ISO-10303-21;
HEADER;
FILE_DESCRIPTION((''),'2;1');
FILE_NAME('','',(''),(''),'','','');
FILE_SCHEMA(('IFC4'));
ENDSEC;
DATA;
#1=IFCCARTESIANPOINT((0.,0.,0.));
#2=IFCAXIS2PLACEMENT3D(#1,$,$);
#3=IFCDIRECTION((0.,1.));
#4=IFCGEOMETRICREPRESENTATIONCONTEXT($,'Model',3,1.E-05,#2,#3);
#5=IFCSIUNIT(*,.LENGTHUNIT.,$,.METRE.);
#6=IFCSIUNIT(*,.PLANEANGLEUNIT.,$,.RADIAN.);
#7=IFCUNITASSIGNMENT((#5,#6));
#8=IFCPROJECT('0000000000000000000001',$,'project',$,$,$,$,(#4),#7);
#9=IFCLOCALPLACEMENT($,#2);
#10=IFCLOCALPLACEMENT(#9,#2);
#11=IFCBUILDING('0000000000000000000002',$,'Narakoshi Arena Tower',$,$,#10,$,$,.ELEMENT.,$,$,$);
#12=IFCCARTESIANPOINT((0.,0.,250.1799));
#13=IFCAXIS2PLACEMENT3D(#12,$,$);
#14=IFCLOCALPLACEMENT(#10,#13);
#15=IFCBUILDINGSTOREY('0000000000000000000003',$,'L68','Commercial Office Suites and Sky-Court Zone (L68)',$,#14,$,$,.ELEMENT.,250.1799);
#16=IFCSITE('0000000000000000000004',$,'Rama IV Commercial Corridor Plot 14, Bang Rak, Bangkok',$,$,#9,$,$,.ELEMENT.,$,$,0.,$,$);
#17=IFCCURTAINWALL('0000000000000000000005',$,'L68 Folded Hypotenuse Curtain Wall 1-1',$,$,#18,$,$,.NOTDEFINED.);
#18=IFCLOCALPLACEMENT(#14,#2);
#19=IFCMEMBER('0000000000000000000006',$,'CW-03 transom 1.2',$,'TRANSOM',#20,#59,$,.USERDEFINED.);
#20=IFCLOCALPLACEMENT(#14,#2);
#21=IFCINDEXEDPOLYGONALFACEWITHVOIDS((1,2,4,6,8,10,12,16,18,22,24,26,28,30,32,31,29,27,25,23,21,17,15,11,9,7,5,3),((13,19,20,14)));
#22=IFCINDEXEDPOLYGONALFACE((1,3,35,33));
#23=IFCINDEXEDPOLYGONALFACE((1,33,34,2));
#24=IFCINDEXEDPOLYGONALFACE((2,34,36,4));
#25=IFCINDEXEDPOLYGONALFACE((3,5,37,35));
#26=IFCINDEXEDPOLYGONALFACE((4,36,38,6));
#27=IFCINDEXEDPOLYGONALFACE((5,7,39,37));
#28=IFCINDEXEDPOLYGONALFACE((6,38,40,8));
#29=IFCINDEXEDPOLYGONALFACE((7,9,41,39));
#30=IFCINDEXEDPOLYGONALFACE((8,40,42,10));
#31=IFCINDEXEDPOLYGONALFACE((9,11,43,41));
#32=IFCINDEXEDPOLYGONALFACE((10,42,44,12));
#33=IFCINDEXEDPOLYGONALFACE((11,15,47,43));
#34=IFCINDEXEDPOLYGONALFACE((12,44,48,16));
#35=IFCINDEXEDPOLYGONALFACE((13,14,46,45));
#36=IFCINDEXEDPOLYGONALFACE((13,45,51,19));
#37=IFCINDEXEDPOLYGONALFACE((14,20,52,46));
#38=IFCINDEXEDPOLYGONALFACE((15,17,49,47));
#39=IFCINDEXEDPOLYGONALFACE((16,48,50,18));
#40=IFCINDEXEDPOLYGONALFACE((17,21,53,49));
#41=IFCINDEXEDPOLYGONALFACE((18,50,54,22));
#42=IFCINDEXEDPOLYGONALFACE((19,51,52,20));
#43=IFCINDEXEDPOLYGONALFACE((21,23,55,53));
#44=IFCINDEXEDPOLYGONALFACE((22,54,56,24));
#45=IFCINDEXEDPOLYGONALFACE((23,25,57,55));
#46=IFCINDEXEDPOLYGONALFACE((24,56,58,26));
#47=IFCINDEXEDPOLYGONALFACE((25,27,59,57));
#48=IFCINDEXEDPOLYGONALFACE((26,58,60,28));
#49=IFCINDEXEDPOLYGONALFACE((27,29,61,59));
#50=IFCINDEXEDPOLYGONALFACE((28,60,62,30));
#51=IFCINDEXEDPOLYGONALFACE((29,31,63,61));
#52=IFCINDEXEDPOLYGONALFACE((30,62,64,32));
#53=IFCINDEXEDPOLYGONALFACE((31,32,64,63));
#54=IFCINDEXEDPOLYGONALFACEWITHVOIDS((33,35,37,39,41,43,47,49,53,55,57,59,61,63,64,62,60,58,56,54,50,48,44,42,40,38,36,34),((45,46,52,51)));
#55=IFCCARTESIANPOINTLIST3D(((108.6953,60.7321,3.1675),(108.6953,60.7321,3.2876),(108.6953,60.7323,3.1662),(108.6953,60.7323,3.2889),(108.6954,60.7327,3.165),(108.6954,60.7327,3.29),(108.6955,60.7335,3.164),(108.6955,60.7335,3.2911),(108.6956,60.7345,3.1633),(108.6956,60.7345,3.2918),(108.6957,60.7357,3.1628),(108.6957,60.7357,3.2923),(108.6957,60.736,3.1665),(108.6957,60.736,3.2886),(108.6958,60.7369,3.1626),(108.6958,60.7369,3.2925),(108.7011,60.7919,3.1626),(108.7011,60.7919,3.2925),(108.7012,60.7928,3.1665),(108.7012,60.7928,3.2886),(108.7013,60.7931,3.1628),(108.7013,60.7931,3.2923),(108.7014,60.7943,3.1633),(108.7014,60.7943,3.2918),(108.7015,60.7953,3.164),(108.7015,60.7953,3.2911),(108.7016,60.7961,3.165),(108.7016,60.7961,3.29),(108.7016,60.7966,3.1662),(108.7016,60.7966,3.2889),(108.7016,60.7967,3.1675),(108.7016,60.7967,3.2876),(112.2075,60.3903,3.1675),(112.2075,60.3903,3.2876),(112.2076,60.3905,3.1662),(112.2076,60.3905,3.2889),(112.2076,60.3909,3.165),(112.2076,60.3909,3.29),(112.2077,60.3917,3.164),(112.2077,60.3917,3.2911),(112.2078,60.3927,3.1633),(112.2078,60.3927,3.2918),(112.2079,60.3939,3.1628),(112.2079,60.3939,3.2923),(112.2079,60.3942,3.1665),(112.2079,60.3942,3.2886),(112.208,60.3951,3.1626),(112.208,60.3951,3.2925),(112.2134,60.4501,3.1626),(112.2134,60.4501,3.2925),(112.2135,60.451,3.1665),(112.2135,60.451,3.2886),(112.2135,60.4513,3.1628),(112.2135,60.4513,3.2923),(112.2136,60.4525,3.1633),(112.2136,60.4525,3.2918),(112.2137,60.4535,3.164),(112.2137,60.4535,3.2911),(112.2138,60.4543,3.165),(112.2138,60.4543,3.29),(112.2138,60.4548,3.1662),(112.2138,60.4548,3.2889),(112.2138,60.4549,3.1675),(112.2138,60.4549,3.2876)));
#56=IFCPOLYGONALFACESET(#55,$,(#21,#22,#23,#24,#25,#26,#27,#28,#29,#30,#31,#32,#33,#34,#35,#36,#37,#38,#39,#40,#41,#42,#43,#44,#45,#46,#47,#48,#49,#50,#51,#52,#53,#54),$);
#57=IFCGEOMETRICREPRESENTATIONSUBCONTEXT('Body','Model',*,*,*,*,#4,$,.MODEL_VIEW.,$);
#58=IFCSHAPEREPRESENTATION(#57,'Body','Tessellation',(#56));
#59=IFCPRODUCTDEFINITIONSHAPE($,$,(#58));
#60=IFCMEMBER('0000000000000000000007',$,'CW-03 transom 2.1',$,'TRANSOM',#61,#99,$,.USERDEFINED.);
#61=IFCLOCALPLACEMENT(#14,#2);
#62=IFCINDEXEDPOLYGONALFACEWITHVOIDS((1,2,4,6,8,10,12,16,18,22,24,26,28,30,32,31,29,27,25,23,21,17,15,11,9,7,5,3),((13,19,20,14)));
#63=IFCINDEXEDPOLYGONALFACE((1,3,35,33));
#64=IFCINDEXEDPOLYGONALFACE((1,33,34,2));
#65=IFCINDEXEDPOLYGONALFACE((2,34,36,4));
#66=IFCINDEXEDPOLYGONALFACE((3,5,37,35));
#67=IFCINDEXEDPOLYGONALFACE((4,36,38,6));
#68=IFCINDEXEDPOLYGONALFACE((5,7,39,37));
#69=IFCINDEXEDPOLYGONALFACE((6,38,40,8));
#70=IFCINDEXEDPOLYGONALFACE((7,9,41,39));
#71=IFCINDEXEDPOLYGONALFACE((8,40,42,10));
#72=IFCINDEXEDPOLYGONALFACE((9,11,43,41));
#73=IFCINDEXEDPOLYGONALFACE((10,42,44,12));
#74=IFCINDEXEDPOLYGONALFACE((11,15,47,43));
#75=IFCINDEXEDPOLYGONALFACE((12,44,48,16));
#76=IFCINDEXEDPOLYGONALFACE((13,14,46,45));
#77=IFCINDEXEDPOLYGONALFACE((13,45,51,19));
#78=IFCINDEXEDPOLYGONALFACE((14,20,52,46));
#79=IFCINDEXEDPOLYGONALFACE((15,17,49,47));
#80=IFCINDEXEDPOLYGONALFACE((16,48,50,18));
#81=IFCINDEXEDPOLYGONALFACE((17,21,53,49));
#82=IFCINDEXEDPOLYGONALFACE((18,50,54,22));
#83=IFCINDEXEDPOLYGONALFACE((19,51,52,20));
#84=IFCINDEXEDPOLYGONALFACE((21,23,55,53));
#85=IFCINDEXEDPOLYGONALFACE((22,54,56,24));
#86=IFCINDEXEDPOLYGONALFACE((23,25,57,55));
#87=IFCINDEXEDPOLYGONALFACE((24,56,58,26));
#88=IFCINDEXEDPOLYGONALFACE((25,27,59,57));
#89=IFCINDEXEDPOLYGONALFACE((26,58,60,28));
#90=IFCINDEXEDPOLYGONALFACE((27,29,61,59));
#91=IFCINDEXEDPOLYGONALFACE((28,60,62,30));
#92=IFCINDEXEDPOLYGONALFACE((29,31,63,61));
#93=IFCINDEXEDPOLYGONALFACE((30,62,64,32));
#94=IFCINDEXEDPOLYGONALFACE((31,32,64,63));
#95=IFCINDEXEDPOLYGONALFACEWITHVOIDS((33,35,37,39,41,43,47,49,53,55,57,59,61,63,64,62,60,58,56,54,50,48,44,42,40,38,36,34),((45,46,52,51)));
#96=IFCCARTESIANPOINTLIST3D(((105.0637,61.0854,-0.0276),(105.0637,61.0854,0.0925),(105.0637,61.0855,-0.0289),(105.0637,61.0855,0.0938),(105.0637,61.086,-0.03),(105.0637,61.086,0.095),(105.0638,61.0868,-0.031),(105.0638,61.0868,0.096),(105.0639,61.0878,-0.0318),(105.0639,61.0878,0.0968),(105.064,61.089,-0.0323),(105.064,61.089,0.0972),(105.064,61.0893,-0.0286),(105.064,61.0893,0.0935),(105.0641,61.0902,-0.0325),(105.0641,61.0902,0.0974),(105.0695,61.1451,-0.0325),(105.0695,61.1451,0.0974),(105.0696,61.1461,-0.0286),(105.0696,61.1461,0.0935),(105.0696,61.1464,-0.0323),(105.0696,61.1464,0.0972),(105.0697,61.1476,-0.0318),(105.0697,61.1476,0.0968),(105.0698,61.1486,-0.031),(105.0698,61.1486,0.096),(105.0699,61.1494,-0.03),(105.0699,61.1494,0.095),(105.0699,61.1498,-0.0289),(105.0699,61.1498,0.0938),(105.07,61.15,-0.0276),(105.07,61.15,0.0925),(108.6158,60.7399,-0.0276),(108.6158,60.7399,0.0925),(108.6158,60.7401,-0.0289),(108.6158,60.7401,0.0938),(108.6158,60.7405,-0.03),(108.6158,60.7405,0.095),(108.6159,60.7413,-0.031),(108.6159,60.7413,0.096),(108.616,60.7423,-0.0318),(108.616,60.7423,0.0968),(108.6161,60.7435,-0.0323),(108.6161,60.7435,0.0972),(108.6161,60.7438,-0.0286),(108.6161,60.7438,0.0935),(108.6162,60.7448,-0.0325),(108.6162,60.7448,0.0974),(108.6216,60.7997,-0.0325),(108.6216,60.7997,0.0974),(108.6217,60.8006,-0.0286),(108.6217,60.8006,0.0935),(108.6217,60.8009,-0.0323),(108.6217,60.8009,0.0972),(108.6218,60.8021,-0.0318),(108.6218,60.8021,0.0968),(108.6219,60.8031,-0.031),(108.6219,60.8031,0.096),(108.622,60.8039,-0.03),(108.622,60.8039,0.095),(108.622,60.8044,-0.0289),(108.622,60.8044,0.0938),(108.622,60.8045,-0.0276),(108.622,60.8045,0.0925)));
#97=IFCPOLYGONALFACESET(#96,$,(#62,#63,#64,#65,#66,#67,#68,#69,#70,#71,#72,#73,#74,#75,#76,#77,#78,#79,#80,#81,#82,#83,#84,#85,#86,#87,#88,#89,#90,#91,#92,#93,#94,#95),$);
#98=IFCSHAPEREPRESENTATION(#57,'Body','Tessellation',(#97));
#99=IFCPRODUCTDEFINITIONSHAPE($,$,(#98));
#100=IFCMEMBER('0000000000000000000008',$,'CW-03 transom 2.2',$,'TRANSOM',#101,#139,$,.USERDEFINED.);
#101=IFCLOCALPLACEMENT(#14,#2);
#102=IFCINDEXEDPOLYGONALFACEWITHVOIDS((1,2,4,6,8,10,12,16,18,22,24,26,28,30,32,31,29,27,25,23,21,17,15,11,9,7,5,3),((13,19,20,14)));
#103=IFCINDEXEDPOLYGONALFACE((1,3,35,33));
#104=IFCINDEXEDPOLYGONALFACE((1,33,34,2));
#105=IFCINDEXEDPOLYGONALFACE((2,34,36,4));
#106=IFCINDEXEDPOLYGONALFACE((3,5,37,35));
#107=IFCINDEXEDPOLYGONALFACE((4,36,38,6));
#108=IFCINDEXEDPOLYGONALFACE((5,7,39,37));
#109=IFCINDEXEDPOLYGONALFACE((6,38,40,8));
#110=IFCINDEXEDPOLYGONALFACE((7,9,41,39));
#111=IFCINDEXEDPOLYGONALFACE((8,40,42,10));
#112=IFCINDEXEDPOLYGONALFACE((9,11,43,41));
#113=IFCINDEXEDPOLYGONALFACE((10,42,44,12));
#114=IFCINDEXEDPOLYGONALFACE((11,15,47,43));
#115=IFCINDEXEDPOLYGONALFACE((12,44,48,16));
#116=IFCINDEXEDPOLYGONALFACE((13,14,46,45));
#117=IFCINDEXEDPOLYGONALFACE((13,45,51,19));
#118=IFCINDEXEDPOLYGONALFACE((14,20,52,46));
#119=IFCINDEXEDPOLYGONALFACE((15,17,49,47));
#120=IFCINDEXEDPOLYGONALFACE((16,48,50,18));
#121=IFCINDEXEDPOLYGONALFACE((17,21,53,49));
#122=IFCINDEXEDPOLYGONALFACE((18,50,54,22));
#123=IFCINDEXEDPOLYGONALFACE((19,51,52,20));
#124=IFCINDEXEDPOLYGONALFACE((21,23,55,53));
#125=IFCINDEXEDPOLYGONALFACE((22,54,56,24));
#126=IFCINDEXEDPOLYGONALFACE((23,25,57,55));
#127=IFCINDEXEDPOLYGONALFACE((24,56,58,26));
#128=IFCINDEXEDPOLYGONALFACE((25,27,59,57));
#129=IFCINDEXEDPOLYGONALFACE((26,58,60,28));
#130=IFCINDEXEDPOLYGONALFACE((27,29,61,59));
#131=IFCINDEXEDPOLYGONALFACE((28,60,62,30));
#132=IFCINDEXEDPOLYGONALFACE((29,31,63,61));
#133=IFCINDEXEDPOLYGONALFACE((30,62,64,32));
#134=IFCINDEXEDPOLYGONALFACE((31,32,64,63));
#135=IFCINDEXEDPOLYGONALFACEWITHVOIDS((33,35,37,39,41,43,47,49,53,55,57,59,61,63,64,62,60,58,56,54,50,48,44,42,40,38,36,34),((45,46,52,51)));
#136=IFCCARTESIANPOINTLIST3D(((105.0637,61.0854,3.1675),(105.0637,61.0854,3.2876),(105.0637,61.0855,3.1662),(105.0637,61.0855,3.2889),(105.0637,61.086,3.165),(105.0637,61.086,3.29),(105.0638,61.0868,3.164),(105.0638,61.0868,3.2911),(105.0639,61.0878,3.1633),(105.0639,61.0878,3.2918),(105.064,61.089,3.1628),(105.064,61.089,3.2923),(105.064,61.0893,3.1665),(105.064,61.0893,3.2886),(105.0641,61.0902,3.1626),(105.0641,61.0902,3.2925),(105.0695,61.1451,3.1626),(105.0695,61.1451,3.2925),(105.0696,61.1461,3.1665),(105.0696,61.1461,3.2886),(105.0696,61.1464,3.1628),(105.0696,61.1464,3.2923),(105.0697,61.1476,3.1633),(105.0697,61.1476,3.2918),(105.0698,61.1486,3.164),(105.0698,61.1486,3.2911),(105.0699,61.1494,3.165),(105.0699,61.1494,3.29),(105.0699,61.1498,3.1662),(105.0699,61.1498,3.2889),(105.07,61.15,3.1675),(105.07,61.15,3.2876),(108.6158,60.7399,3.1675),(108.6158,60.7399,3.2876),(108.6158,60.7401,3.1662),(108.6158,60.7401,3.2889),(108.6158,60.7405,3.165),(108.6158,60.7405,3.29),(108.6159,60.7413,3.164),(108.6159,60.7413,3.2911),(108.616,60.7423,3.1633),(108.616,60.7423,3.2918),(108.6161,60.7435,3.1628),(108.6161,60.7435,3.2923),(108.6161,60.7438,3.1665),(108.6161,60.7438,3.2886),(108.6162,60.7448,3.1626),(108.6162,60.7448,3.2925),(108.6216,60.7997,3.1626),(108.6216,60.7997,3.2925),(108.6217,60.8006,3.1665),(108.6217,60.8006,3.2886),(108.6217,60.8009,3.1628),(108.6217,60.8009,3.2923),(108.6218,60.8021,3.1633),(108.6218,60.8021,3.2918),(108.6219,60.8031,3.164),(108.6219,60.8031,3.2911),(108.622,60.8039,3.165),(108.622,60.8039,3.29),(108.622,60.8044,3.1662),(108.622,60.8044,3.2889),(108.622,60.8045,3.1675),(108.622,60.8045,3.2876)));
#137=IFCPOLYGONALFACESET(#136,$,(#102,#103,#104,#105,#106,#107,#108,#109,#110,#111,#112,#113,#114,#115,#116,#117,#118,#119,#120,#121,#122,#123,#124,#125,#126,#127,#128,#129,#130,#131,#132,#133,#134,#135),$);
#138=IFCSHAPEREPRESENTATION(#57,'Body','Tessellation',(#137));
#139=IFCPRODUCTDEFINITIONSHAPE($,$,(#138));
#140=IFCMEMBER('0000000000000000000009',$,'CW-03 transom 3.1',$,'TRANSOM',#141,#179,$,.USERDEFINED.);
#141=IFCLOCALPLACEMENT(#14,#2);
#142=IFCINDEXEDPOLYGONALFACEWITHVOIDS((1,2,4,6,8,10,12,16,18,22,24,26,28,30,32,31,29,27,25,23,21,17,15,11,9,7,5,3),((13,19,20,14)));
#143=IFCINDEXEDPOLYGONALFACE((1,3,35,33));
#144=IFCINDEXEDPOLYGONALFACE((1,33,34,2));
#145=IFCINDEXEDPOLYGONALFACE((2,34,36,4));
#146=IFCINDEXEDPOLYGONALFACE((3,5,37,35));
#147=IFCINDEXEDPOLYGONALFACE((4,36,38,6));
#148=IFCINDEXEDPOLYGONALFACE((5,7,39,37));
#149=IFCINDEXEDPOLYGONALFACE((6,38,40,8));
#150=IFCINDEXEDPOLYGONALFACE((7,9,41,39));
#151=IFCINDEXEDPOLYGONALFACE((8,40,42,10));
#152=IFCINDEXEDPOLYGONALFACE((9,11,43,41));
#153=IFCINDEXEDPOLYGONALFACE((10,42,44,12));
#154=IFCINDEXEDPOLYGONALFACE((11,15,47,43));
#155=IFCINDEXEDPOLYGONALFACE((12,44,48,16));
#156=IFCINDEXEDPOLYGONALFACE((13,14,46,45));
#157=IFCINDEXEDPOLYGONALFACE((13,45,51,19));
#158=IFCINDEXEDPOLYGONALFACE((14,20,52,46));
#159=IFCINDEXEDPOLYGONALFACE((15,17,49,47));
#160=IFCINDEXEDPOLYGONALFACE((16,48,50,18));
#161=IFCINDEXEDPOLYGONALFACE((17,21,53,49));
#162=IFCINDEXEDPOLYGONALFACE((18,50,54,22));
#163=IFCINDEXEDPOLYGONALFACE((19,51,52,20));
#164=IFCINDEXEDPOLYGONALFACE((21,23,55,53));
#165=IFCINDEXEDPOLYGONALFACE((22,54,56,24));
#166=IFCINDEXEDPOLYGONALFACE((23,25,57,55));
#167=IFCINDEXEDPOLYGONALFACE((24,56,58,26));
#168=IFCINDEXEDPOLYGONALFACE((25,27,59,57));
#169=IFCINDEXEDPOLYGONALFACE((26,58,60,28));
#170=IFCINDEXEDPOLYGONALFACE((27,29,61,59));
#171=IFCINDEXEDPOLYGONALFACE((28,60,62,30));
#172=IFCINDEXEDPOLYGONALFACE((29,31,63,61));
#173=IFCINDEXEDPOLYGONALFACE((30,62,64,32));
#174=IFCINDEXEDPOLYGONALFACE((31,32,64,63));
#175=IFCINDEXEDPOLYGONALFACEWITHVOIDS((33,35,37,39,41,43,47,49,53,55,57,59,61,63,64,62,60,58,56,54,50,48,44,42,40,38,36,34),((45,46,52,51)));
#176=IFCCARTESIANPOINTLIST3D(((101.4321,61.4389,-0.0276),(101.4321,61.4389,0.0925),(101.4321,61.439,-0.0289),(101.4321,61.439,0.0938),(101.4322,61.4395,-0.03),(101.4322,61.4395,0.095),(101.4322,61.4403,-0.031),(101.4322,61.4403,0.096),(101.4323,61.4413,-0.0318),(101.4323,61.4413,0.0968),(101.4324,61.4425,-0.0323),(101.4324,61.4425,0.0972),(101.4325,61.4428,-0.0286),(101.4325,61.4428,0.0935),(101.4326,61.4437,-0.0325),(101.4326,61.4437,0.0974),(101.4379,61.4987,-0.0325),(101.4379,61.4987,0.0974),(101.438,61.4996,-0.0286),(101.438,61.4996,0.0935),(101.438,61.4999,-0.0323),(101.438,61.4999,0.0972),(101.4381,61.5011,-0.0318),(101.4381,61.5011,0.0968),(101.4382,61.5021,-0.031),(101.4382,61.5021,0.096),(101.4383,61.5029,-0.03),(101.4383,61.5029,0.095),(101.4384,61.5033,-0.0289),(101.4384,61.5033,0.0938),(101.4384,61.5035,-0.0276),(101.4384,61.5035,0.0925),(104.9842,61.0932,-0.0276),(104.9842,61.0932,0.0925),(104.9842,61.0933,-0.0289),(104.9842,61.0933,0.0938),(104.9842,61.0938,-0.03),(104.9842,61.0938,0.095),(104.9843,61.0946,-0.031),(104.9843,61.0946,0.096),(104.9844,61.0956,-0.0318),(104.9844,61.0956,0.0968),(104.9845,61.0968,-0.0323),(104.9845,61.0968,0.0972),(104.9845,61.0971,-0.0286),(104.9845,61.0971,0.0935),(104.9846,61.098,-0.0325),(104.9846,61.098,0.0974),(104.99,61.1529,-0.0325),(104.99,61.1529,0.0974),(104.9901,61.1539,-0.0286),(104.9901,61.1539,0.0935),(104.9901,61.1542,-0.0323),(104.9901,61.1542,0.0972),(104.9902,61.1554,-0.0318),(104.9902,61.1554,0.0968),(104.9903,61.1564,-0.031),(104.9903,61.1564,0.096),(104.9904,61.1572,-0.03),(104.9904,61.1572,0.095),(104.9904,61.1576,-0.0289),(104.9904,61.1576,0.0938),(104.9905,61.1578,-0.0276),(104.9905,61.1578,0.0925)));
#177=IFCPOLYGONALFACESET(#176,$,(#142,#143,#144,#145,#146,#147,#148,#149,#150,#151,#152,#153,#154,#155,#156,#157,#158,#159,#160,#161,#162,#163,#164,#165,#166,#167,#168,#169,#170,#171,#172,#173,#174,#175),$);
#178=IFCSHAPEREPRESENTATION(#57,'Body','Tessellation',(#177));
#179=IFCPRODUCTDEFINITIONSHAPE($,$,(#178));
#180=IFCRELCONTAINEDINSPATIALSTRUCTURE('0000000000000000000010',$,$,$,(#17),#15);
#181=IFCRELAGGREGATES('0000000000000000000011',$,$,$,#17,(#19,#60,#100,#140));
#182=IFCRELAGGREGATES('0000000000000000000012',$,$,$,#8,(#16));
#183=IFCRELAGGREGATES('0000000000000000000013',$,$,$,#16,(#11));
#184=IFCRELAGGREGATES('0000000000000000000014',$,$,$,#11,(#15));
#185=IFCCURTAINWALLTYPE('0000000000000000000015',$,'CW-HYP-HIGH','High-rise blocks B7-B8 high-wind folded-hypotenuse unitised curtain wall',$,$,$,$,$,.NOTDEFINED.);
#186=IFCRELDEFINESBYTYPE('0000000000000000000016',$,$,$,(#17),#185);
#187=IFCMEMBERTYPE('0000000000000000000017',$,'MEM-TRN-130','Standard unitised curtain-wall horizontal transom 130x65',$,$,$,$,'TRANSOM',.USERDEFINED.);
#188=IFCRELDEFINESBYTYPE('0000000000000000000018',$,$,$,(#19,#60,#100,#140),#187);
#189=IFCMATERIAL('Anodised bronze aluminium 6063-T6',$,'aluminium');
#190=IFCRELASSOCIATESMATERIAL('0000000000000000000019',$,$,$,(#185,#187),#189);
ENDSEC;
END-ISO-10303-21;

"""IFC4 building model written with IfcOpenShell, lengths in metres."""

from ifc_helpers import new_model, si_unit, direction, frame, origin, origin_2d, place, context, subcontext, project, spatial, hollow_rectangle, extrude, material, material_profile, profile_set, type_object, element, aggregate, save


model = new_model("IFC4")

# Units and contexts
model_context = context("Model", 3, precision=1e-05, world=origin(), true_north=direction((0.0, 1.0)))
body_context = subcontext(model_context, "Body", "Model", "MODEL_VIEW")
ifc_project = project(units=[si_unit("LENGTHUNIT", "METRE"), si_unit("PLANEANGLEUNIT", "RADIAN")], contexts=[model_context])

# Site, building, storey
site_placement = place(None, origin())
site = spatial("IfcSite", under=ifc_project, at=site_placement, Name="Rama IV Commercial Corridor Plot 14, Bang Rak, Bangkok", CompositionType="ELEMENT", RefElevation=0.0)
building_placement = place(site_placement, origin())
building = spatial("IfcBuilding", under=site, at=building_placement, Name="Narakoshi Arena Tower", CompositionType="ELEMENT")
storey_placement = place(building_placement, frame((0.0, 0.0, 250.1799)))
storey = spatial("IfcBuildingStorey", under=building, at=storey_placement, Name="L68", Description="Commercial Office Suites and Sky-Court Zone (L68)", CompositionType="ELEMENT", Elevation=250.1799)

# Curtain wall, members
ifc_material_1 = material(Name="Anodised bronze aluminium 6063-T6", Category="aluminium")
curtain_wall_type = type_object("IfcCurtainWallType", Name="CW-HYP-HIGH", Description="High-rise blocks B7-B8 high-wind folded-hypotenuse unitised curtain wall", PredefinedType="NOTDEFINED", material=ifc_material_1)
curtain_wall_placement = place(storey_placement, origin())
curtain_wall = element("IfcCurtainWall", 1, at=curtain_wall_placement, inside=storey, type_object=curtain_wall_type, Name="L68 Folded Hypotenuse Curtain Wall 1-1", PredefinedType="NOTDEFINED")
ifc_material_profile_1 = material_profile(ifc_material_1, hollow_rectangle(XDim=0.0649, YDim=0.1299, WallThickness=0.0039, OuterFilletRadius=0.0049, at=origin_2d()), Name="TRN130x65x4")
ifc_profile_set_1 = profile_set([ifc_material_profile_1], Name="Anodised bronze aluminium 6063-T6")
member_type_1 = type_object("IfcMemberType", Name="MEM-TRN-130", Description="Standard unitised curtain-wall horizontal transom 130x65", ElementType="TRANSOM", PredefinedType="USERDEFINED", material=ifc_profile_set_1)
member_1_placement = place(storey_placement, frame((112.2107, 60.4226, 3.2275), z_axis=(-0.995298, 0.096859, 0.0), x_axis=(-0.096859, -0.995298, 0.0)))
member_1 = element("IfcMember", 2, at=member_1_placement, type_object=member_type_1, Name="CW-03 transom 1.2", ObjectType="TRANSOM", PredefinedType="USERDEFINED", context=body_context, shape_type="SweptSolid", body=[
    extrude(hollow_rectangle(XDim=0.0649, YDim=0.1299, WallThickness=0.0039, OuterFilletRadius=0.0049, at=origin_2d()), origin(), (0.0, 0.0, 1.0), 3.5288),
])
member_2_placement = place(storey_placement, frame((108.6189, 60.7722, 0.0325), z_axis=(-0.995304, 0.096801, 0.0), x_axis=(-0.096801, -0.995304, 0.0)))
member_2 = element("IfcMember", 3, at=member_2_placement, type_object=member_type_1, Name="CW-03 transom 2.1", ObjectType="TRANSOM", PredefinedType="USERDEFINED", context=body_context, shape_type="SweptSolid", body=[
    extrude(hollow_rectangle(XDim=0.0649, YDim=0.1299, WallThickness=0.0039, OuterFilletRadius=0.0049, at=origin_2d()), origin(), (0.0, 0.0, 1.0), 3.5688),
])
member_3_placement = place(storey_placement, frame((108.6189, 60.7722, 3.2275), z_axis=(-0.995304, 0.096801, 0.0), x_axis=(-0.096801, -0.995304, 0.0)))
member_3 = element("IfcMember", 4, at=member_3_placement, type_object=member_type_1, Name="CW-03 transom 2.2", ObjectType="TRANSOM", PredefinedType="USERDEFINED", context=body_context, shape_type="SweptSolid", body=[
    extrude(hollow_rectangle(XDim=0.0649, YDim=0.1299, WallThickness=0.0039, OuterFilletRadius=0.0049, at=origin_2d()), origin(), (0.0, 0.0, 1.0), 3.5688),
])
member_4_placement = place(storey_placement, frame((104.9873, 61.1255, 0.0325), z_axis=(-0.995297, 0.096869, 0.0), x_axis=(-0.096869, -0.995297, 0.0)))
member_4 = element("IfcMember", 5, at=member_4_placement, type_object=member_type_1, Name="CW-03 transom 3.1", ObjectType="TRANSOM", PredefinedType="USERDEFINED", context=body_context, shape_type="SweptSolid", body=[
    extrude(hollow_rectangle(XDim=0.0649, YDim=0.1299, WallThickness=0.0039, OuterFilletRadius=0.0049, at=origin_2d()), origin(), (0.0, 0.0, 1.0), 3.5688),
])
aggregate(curtain_wall, [member_1, member_2, member_3, member_4])

save(model, "model.ifc")
